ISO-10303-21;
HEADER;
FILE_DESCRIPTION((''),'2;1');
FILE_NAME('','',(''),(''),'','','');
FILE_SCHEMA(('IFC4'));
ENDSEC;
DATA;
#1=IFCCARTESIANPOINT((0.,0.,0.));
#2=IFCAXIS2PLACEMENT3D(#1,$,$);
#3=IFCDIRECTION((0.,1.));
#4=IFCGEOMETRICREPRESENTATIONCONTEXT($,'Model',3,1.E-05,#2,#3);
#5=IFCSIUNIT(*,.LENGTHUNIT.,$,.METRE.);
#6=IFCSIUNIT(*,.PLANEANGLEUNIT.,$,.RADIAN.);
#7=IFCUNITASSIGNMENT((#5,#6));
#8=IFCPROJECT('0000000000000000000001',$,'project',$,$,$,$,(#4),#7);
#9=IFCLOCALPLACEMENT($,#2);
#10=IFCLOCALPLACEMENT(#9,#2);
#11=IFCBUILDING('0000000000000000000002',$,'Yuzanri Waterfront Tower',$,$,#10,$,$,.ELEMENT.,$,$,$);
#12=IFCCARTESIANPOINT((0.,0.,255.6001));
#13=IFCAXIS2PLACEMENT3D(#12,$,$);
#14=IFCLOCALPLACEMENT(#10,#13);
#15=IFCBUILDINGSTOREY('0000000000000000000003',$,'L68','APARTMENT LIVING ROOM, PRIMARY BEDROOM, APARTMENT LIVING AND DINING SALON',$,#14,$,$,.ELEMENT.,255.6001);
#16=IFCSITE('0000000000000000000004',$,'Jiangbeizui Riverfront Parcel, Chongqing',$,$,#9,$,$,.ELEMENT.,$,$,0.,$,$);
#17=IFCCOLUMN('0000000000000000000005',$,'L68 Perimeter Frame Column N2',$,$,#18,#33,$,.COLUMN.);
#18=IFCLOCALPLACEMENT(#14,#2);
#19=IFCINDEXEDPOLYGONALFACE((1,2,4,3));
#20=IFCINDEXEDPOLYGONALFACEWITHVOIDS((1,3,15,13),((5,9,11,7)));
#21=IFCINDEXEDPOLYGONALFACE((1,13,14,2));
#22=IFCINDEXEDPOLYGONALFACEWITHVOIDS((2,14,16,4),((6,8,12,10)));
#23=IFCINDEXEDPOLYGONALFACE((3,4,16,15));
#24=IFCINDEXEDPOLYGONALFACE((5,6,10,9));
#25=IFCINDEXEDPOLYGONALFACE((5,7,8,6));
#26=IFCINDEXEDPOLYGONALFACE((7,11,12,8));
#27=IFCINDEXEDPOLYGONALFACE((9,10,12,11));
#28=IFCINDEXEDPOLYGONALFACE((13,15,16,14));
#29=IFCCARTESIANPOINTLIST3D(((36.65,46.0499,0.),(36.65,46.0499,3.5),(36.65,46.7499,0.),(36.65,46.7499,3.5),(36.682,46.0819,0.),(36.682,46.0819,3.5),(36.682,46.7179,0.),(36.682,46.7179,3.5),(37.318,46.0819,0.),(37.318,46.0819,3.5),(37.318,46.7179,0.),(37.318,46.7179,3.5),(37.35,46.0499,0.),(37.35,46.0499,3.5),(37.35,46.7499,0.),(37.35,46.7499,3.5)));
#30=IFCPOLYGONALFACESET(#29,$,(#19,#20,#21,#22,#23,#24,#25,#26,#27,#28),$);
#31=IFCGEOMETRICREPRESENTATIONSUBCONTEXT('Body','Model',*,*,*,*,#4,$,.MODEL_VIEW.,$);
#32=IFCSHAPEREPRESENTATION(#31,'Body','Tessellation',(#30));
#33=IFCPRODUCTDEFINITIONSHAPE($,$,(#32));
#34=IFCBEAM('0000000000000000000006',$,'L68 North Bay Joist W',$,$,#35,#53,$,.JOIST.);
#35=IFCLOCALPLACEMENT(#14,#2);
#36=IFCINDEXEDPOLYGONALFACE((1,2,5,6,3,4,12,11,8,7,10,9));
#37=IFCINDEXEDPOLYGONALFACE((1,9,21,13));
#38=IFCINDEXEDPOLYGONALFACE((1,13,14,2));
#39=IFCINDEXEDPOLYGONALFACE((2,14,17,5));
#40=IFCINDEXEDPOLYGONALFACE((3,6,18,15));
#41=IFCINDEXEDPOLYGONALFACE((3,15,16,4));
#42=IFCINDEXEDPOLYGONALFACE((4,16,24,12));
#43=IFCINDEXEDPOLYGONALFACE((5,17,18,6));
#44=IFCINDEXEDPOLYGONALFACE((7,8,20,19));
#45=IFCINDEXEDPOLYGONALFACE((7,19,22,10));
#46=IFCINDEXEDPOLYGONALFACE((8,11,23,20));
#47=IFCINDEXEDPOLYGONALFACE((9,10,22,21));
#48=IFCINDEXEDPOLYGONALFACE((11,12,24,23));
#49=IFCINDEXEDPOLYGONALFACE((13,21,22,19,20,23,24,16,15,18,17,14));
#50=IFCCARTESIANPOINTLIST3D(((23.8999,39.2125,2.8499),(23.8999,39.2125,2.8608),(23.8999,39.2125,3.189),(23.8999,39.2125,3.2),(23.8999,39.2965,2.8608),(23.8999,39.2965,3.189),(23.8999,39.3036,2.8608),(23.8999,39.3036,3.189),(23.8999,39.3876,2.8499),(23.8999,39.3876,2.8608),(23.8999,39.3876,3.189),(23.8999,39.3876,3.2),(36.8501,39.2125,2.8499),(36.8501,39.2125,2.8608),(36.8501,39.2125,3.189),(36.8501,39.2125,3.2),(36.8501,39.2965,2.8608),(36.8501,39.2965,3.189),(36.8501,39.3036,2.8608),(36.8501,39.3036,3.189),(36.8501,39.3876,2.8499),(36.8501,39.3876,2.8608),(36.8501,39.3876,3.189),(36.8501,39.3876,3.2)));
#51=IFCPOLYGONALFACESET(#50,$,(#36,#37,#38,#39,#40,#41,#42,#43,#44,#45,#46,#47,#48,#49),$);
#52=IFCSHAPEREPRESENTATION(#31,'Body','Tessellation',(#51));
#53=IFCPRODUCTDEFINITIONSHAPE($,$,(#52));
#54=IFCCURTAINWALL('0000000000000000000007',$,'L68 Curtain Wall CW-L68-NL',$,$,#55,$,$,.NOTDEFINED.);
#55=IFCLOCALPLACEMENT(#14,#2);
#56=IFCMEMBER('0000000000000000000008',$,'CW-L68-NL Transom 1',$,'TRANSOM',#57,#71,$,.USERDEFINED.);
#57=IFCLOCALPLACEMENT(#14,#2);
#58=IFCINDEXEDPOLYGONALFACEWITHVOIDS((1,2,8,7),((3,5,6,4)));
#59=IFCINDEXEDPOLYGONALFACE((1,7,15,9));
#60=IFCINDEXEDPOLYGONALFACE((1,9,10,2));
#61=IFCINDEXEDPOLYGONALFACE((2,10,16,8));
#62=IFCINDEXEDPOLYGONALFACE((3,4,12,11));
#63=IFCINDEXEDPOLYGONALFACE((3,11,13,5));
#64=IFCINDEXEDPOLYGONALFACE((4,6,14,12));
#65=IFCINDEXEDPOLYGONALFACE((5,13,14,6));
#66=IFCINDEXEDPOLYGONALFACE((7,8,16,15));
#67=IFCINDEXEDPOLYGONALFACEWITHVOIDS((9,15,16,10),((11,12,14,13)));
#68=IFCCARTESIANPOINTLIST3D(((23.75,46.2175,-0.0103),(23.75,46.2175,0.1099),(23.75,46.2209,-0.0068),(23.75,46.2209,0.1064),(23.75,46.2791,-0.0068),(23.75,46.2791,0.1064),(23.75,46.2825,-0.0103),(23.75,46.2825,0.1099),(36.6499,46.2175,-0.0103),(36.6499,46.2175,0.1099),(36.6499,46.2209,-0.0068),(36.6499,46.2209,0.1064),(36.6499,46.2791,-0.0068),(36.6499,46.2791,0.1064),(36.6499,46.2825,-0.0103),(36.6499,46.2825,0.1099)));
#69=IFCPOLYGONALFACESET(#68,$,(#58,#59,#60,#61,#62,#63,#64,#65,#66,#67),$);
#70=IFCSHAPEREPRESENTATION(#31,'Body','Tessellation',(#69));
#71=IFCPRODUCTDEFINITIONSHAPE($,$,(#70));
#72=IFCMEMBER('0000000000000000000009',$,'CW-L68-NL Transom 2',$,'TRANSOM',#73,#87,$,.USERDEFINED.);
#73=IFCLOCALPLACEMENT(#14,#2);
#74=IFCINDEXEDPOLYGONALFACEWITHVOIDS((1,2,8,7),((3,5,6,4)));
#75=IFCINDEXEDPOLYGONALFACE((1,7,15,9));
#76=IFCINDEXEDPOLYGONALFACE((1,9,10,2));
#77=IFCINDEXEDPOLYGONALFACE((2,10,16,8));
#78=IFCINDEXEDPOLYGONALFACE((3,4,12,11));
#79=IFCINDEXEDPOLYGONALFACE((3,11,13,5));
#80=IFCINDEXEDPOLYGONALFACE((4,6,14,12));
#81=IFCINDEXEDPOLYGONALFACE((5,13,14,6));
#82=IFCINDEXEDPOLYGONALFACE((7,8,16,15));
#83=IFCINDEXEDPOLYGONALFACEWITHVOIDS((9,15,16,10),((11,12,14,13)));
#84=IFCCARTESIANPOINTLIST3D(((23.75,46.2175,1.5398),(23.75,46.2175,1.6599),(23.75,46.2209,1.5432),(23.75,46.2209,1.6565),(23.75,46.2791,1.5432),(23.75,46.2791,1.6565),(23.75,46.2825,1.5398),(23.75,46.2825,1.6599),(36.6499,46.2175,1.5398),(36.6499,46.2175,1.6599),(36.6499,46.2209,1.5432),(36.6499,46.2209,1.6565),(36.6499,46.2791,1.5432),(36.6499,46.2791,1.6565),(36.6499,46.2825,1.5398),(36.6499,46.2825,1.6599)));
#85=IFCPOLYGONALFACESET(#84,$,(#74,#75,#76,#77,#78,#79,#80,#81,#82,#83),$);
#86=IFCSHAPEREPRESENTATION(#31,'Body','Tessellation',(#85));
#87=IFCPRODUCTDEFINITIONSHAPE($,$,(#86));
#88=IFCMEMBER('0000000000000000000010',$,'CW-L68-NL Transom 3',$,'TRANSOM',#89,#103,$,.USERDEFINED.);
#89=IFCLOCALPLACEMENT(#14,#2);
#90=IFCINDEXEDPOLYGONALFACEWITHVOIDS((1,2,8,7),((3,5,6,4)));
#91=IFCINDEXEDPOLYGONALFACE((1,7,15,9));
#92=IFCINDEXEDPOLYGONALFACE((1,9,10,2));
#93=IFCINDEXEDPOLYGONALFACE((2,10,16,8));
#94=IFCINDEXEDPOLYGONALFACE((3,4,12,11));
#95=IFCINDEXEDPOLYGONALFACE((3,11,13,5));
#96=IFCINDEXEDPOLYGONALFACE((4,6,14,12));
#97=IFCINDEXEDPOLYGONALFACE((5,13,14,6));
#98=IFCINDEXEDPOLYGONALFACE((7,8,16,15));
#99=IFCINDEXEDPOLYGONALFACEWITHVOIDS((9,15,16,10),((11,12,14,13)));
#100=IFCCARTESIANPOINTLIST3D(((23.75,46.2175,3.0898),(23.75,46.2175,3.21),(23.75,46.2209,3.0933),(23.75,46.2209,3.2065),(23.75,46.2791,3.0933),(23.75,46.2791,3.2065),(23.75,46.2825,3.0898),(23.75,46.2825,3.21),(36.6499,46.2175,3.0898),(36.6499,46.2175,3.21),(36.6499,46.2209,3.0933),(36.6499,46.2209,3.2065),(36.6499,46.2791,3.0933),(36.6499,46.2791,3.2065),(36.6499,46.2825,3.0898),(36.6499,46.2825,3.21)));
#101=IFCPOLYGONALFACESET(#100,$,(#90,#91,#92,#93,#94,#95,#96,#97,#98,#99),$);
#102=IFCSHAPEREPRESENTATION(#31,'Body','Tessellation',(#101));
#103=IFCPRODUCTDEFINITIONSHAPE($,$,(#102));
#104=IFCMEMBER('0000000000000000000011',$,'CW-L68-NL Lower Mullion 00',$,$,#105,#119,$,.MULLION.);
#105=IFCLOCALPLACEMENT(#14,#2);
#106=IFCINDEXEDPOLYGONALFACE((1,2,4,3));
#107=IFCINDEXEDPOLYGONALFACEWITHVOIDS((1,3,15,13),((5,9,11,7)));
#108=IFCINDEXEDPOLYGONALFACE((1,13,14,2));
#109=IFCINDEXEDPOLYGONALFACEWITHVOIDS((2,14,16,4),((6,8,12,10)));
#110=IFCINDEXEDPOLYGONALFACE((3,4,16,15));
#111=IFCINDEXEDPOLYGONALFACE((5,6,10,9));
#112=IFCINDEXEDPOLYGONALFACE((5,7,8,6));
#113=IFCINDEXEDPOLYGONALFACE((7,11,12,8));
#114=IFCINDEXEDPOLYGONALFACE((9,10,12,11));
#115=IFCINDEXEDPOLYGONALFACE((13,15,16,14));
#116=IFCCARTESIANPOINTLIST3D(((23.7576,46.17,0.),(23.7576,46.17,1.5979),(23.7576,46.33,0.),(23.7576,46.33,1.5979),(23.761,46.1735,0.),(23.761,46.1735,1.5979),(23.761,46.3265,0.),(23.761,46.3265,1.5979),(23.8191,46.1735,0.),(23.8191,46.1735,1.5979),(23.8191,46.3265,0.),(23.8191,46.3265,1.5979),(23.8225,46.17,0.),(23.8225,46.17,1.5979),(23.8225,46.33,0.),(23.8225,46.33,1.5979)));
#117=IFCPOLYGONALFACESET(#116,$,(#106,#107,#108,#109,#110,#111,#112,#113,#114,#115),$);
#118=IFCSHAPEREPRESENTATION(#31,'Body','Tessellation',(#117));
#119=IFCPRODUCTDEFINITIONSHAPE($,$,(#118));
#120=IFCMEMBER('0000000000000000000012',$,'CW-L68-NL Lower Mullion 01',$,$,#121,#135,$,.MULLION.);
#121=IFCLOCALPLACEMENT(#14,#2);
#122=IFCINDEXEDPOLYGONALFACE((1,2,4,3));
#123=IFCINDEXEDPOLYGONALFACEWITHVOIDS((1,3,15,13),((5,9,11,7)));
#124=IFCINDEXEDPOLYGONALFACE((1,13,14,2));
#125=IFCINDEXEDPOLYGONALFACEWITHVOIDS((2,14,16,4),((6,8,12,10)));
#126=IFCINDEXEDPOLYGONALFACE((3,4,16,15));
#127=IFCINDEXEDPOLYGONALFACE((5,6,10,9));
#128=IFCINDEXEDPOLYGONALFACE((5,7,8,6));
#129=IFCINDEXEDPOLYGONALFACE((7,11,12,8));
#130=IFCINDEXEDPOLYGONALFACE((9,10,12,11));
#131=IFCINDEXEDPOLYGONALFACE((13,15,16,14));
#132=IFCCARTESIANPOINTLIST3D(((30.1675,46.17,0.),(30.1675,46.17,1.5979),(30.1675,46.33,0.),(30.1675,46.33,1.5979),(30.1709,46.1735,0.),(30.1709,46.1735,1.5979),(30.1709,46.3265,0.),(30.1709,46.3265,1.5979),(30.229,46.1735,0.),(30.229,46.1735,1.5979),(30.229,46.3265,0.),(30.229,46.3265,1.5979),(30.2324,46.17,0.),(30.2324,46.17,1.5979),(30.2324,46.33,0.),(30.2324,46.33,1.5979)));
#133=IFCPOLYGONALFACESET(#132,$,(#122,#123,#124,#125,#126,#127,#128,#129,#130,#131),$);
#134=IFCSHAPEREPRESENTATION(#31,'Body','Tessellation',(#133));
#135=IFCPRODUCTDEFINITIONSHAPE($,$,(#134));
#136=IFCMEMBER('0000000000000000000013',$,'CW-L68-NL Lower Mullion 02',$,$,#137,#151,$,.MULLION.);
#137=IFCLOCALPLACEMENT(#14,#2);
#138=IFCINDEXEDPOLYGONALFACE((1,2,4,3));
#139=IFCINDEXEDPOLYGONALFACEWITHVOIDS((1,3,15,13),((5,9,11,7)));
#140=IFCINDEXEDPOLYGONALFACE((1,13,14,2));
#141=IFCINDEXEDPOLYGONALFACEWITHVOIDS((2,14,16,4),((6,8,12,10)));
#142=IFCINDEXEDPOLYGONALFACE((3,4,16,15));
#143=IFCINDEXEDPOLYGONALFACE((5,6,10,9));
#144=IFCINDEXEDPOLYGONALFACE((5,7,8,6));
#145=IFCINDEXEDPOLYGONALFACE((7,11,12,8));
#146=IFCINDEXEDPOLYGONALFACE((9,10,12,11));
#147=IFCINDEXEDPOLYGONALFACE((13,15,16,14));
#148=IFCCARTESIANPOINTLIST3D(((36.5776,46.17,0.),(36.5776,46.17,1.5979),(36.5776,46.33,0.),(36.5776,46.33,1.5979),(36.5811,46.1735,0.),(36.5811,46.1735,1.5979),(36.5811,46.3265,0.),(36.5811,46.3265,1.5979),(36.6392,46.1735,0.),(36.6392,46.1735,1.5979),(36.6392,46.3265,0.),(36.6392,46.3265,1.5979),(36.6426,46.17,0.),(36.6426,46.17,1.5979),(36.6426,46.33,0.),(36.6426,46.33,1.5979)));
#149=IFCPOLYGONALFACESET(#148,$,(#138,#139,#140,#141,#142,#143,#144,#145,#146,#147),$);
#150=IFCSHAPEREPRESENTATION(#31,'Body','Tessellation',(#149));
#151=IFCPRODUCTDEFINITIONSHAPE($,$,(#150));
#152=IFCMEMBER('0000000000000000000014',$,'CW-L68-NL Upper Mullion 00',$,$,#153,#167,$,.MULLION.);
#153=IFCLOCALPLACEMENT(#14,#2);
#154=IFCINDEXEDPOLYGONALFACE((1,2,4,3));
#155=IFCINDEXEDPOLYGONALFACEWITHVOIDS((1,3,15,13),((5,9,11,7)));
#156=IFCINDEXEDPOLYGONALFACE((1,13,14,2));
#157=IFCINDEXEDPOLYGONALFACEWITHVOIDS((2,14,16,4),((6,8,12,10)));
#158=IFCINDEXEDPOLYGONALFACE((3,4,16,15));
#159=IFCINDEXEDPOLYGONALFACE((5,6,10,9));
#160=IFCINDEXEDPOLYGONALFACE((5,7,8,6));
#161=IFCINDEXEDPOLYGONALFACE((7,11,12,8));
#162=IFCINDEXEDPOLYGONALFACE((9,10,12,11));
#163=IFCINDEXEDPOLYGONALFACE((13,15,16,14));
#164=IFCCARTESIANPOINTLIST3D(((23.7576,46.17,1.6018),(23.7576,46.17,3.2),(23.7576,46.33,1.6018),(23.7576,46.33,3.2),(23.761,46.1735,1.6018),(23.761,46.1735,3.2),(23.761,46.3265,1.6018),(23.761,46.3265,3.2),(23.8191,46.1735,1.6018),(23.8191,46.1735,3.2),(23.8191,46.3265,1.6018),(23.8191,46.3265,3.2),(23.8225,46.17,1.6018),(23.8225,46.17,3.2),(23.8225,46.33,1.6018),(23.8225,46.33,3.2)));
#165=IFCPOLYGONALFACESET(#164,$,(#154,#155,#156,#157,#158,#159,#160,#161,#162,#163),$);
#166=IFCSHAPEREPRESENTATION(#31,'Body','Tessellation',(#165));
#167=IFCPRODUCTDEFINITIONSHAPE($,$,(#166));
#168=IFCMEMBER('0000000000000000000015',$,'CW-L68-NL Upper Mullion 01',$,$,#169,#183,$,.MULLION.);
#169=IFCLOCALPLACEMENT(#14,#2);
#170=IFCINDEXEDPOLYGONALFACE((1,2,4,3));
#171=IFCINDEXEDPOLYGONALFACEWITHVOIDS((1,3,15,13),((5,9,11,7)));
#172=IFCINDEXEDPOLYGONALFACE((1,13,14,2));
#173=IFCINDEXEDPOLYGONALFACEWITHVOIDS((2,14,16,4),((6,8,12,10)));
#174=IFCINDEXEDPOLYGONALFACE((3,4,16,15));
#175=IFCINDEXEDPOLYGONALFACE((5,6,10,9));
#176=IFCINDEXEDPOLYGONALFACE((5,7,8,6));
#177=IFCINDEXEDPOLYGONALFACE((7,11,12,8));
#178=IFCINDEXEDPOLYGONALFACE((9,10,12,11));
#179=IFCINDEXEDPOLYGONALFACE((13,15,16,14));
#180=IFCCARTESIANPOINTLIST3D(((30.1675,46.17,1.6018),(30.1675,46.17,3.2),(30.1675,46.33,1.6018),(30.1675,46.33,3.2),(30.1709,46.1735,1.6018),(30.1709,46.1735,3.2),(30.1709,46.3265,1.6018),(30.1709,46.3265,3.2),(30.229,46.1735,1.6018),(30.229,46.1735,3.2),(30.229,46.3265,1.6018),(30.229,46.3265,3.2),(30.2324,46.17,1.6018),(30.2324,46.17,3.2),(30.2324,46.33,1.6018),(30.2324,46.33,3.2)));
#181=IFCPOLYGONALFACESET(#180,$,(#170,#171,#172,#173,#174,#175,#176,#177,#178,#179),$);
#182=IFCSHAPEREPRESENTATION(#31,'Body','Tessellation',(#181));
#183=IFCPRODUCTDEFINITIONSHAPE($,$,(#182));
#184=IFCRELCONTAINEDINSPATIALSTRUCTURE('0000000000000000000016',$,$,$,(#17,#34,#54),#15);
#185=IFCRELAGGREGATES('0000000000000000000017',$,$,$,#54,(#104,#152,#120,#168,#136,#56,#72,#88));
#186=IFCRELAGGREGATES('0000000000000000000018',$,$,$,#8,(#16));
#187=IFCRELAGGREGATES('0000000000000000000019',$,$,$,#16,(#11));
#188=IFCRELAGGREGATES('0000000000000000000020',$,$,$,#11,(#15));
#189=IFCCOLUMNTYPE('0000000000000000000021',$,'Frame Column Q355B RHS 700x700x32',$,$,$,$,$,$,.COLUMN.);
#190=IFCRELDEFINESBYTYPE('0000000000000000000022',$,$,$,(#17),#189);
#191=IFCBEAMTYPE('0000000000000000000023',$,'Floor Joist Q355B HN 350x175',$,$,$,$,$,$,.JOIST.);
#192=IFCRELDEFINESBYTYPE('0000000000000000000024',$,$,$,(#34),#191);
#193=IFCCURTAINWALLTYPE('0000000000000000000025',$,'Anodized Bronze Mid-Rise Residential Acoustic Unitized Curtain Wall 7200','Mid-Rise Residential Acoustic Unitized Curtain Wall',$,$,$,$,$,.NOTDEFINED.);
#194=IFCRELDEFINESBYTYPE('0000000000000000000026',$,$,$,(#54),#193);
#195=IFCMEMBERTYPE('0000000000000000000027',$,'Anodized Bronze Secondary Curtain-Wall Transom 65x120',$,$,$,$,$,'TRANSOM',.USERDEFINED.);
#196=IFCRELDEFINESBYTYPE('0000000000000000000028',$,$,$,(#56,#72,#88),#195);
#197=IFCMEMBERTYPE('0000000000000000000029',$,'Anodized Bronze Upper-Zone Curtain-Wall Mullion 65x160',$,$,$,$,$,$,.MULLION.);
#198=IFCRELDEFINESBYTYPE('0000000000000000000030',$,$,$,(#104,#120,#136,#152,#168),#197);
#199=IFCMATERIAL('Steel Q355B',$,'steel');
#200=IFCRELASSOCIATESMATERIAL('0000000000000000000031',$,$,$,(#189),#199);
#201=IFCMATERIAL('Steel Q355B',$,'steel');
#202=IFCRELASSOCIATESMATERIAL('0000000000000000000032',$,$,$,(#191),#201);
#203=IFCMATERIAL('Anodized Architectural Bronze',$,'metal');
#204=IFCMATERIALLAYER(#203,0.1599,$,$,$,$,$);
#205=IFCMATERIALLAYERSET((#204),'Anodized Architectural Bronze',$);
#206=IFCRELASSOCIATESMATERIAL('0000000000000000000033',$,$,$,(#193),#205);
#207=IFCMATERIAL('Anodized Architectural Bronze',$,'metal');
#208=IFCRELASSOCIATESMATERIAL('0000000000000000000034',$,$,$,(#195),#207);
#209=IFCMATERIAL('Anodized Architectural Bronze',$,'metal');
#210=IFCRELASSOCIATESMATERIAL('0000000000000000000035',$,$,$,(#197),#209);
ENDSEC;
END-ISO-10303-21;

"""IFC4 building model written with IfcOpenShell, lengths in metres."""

from ifc_helpers import new_model, si_unit, direction, frame, origin, origin_2d, place, context, subcontext, project, spatial, hollow_rectangle, i_section, extrude, source, transform, mapped, material, layer, layer_set, material_profile, profile_set, type_object, element, aggregate, save


model = new_model("IFC4")

# Units and contexts
model_context = context("Model", 3, precision=1e-05, world=origin(), true_north=direction((0.0, 1.0)))
body_context = subcontext(model_context, "Body", "Model", "MODEL_VIEW")
ifc_project = project(units=[si_unit("LENGTHUNIT", "METRE"), si_unit("PLANEANGLEUNIT", "RADIAN")], contexts=[model_context])

# Site, building, storey
site_placement = place(None, origin())
site = spatial("IfcSite", under=ifc_project, at=site_placement, Name="Jiangbeizui Riverfront Parcel, Chongqing", CompositionType="ELEMENT", RefElevation=0.0)
building_placement = place(site_placement, origin())
building = spatial("IfcBuilding", under=site, at=building_placement, Name="Yuzanri Waterfront Tower", CompositionType="ELEMENT")
storey_placement = place(building_placement, frame((0.0, 0.0, 255.6001)))
storey = spatial("IfcBuildingStorey", under=building, at=storey_placement, Name="L68", Description="APARTMENT LIVING ROOM, PRIMARY BEDROOM, APARTMENT LIVING AND DINING SALON", CompositionType="ELEMENT", Elevation=255.6001)

# Column
ifc_material_1 = material(Name="Steel Q355B", Category="steel")
ifc_material_profile_1 = material_profile(ifc_material_1, hollow_rectangle(XDim=0.7, YDim=0.7, WallThickness=0.032, at=origin_2d()), Name="RHS 700x700x32")
ifc_profile_set_1 = profile_set([ifc_material_profile_1], Name="Steel Q355B")
column_type = type_object("IfcColumnType", Name="Frame Column Q355B RHS 700x700x32", PredefinedType="COLUMN", material=ifc_profile_set_1)
shared_shape_1 = source(origin(), body_context, "Body", "SweptSolid", [
    extrude(hollow_rectangle(XDim=0.7, YDim=0.7, WallThickness=0.032, at=origin_2d()), origin(), (0.0, 0.0, 1.0), 3.5),
])
column_placement = place(storey_placement, frame((37.0, 46.3999, 0.0), z_axis=(0.0, 0.0, 1.0), x_axis=(1.0, 0.0, 0.0)))
element("IfcColumn", 1, at=column_placement, inside=storey, type_object=column_type, Name="L68 Perimeter Frame Column N2", PredefinedType="COLUMN", context=body_context, shape_type="MappedRepresentation", body=[
    mapped(shared_shape_1, transform((0.0, 0.0, 0.0), scale=1.0)),
])

# Beam
ifc_material_2 = material(Name="Steel Q355B", Category="steel")
ifc_material_profile_2 = material_profile(ifc_material_2, i_section(OverallWidth=0.175, OverallDepth=0.3501, WebThickness=0.0071, FlangeThickness=0.011, at=origin_2d()), Name="HN 350x175x7x11")
ifc_profile_set_2 = profile_set([ifc_material_profile_2], Name="Steel Q355B")
beam_type = type_object("IfcBeamType", Name="Floor Joist Q355B HN 350x175", PredefinedType="JOIST", material=ifc_profile_set_2)
shared_shape_2 = source(origin(), body_context, "Body", "SweptSolid", [
    extrude(i_section(OverallWidth=0.175, OverallDepth=0.3501, WebThickness=0.0071, FlangeThickness=0.011, at=origin_2d()), origin(), (0.0, 0.0, 1.0), 12.9502),
])
beam_placement = place(storey_placement, frame((23.8999, 39.3, 3.0249), z_axis=(1.0, 0.0, 0.0), x_axis=(0.0, 1.0, 0.0)))
element("IfcBeam", 2, at=beam_placement, inside=storey, type_object=beam_type, Name="L68 North Bay Joist W", PredefinedType="JOIST", context=body_context, shape_type="MappedRepresentation", body=[
    mapped(shared_shape_2, transform((0.0, 0.0, 0.0), scale=1.0)),
])

# Curtain wall, members
ifc_material_3 = material(Name="Anodized Architectural Bronze", Category="metal")
ifc_layer_1 = layer(ifc_material_3, 0.1599)
ifc_layer_set_1 = layer_set([ifc_layer_1], Name="Anodized Architectural Bronze")
curtain_wall_type = type_object("IfcCurtainWallType", Name="Anodized Bronze Mid-Rise Residential Acoustic Unitized Curtain Wall 7200", Description="Mid-Rise Residential Acoustic Unitized Curtain Wall", PredefinedType="NOTDEFINED", material=ifc_layer_set_1)
curtain_wall_placement = place(storey_placement, origin())
curtain_wall = element("IfcCurtainWall", 3, at=curtain_wall_placement, inside=storey, type_object=curtain_wall_type, Name="L68 Curtain Wall CW-L68-NL", PredefinedType="NOTDEFINED")
ifc_material_4 = material(Name="Anodized Architectural Bronze", Category="metal")
ifc_material_profile_3 = material_profile(ifc_material_4, hollow_rectangle(XDim=0.0649, YDim=0.1201, WallThickness=0.0034, at=origin_2d()), Name="CWT 65x120")
ifc_profile_set_3 = profile_set([ifc_material_profile_3], Name="Anodized Architectural Bronze")
member_type_1 = type_object("IfcMemberType", Name="Anodized Bronze Secondary Curtain-Wall Transom 65x120", ElementType="TRANSOM", PredefinedType="USERDEFINED", material=ifc_profile_set_3)
shared_shape_3 = source(origin(), body_context, "Body", "SweptSolid", [
    extrude(hollow_rectangle(XDim=0.0649, YDim=0.1201, WallThickness=0.0034, at=origin_2d()), origin(), (0.0, 0.0, 1.0), 12.8999),
])
member_1_placement = place(storey_placement, frame((23.75, 46.25, 0.0498), z_axis=(1.0, 0.0, 0.0), x_axis=(0.0, 1.0, 0.0)))
member_1 = element("IfcMember", 4, at=member_1_placement, type_object=member_type_1, Name="CW-L68-NL Transom 1", ObjectType="TRANSOM", PredefinedType="USERDEFINED", context=body_context, shape_type="MappedRepresentation", body=[
    mapped(shared_shape_3, transform((0.0, 0.0, 0.0), scale=1.0)),
])
member_2_placement = place(storey_placement, frame((23.75, 46.25, 1.5999), z_axis=(1.0, 0.0, 0.0), x_axis=(0.0, 1.0, 0.0)))
member_2 = element("IfcMember", 5, at=member_2_placement, type_object=member_type_1, Name="CW-L68-NL Transom 2", ObjectType="TRANSOM", PredefinedType="USERDEFINED", context=body_context, shape_type="MappedRepresentation", body=[
    mapped(shared_shape_3, transform((0.0, 0.0, 0.0), scale=1.0)),
])
member_3_placement = place(storey_placement, frame((23.75, 46.25, 3.1499), z_axis=(1.0, 0.0, 0.0), x_axis=(0.0, 1.0, 0.0)))
member_3 = element("IfcMember", 6, at=member_3_placement, type_object=member_type_1, Name="CW-L68-NL Transom 3", ObjectType="TRANSOM", PredefinedType="USERDEFINED", context=body_context, shape_type="MappedRepresentation", body=[
    mapped(shared_shape_3, transform((0.0, 0.0, 0.0), scale=1.0)),
])
ifc_material_5 = material(Name="Anodized Architectural Bronze", Category="metal")
ifc_material_profile_4 = material_profile(ifc_material_5, hollow_rectangle(XDim=0.0649, YDim=0.1599, WallThickness=0.0034, at=origin_2d()), Name="CWM 65x160")
ifc_profile_set_4 = profile_set([ifc_material_profile_4], Name="Anodized Architectural Bronze")
member_type_2 = type_object("IfcMemberType", Name="Anodized Bronze Upper-Zone Curtain-Wall Mullion 65x160", PredefinedType="MULLION", material=ifc_profile_set_4)
shared_shape_4 = source(origin(), body_context, "Body", "SweptSolid", [
    extrude(hollow_rectangle(XDim=0.0649, YDim=0.1599, WallThickness=0.0034, at=origin_2d()), origin(), (0.0, 0.0, 1.0), 1.5979),
])
member_4_placement = place(storey_placement, frame((23.79, 46.25, 0.0), z_axis=(0.0, 0.0, 1.0), x_axis=(1.0, 0.0, 0.0)))
member_4 = element("IfcMember", 7, at=member_4_placement, type_object=member_type_2, Name="CW-L68-NL Lower Mullion 00", PredefinedType="MULLION", context=body_context, shape_type="MappedRepresentation", body=[
    mapped(shared_shape_4, transform((0.0, 0.0, 0.0), scale=1.0)),
])
member_5_placement = place(storey_placement, frame((30.2, 46.25, 0.0), z_axis=(0.0, 0.0, 1.0), x_axis=(1.0, 0.0, 0.0)))
member_5 = element("IfcMember", 8, at=member_5_placement, type_object=member_type_2, Name="CW-L68-NL Lower Mullion 01", PredefinedType="MULLION", context=body_context, shape_type="MappedRepresentation", body=[
    mapped(shared_shape_4, transform((0.0, 0.0, 0.0), scale=1.0)),
])
member_6_placement = place(storey_placement, frame((36.6101, 46.25, 0.0), z_axis=(0.0, 0.0, 1.0), x_axis=(1.0, 0.0, 0.0)))
member_6 = element("IfcMember", 9, at=member_6_placement, type_object=member_type_2, Name="CW-L68-NL Lower Mullion 02", PredefinedType="MULLION", context=body_context, shape_type="MappedRepresentation", body=[
    mapped(shared_shape_4, transform((0.0, 0.0, 0.0), scale=1.0)),
])
shared_shape_5 = source(origin(), body_context, "Body", "SweptSolid", [
    extrude(hollow_rectangle(XDim=0.0649, YDim=0.1599, WallThickness=0.0034, at=origin_2d()), origin(), (0.0, 0.0, 1.0), 1.5981),
])
member_7_placement = place(storey_placement, frame((23.79, 46.25, 1.6018), z_axis=(0.0, 0.0, 1.0), x_axis=(1.0, 0.0, 0.0)))
member_7 = element("IfcMember", 10, at=member_7_placement, type_object=member_type_2, Name="CW-L68-NL Upper Mullion 00", PredefinedType="MULLION", context=body_context, shape_type="MappedRepresentation", body=[
    mapped(shared_shape_5, transform((0.0, 0.0, 0.0), scale=1.0)),
])
member_8_placement = place(storey_placement, frame((30.2, 46.25, 1.6018), z_axis=(0.0, 0.0, 1.0), x_axis=(1.0, 0.0, 0.0)))
member_8 = element("IfcMember", 11, at=member_8_placement, type_object=member_type_2, Name="CW-L68-NL Upper Mullion 01", PredefinedType="MULLION", context=body_context, shape_type="MappedRepresentation", body=[
    mapped(shared_shape_5, transform((0.0, 0.0, 0.0), scale=1.0)),
])
aggregate(curtain_wall, [member_4, member_7, member_5, member_8, member_6, member_1, member_2, member_3])

save(model, "model.ifc")
